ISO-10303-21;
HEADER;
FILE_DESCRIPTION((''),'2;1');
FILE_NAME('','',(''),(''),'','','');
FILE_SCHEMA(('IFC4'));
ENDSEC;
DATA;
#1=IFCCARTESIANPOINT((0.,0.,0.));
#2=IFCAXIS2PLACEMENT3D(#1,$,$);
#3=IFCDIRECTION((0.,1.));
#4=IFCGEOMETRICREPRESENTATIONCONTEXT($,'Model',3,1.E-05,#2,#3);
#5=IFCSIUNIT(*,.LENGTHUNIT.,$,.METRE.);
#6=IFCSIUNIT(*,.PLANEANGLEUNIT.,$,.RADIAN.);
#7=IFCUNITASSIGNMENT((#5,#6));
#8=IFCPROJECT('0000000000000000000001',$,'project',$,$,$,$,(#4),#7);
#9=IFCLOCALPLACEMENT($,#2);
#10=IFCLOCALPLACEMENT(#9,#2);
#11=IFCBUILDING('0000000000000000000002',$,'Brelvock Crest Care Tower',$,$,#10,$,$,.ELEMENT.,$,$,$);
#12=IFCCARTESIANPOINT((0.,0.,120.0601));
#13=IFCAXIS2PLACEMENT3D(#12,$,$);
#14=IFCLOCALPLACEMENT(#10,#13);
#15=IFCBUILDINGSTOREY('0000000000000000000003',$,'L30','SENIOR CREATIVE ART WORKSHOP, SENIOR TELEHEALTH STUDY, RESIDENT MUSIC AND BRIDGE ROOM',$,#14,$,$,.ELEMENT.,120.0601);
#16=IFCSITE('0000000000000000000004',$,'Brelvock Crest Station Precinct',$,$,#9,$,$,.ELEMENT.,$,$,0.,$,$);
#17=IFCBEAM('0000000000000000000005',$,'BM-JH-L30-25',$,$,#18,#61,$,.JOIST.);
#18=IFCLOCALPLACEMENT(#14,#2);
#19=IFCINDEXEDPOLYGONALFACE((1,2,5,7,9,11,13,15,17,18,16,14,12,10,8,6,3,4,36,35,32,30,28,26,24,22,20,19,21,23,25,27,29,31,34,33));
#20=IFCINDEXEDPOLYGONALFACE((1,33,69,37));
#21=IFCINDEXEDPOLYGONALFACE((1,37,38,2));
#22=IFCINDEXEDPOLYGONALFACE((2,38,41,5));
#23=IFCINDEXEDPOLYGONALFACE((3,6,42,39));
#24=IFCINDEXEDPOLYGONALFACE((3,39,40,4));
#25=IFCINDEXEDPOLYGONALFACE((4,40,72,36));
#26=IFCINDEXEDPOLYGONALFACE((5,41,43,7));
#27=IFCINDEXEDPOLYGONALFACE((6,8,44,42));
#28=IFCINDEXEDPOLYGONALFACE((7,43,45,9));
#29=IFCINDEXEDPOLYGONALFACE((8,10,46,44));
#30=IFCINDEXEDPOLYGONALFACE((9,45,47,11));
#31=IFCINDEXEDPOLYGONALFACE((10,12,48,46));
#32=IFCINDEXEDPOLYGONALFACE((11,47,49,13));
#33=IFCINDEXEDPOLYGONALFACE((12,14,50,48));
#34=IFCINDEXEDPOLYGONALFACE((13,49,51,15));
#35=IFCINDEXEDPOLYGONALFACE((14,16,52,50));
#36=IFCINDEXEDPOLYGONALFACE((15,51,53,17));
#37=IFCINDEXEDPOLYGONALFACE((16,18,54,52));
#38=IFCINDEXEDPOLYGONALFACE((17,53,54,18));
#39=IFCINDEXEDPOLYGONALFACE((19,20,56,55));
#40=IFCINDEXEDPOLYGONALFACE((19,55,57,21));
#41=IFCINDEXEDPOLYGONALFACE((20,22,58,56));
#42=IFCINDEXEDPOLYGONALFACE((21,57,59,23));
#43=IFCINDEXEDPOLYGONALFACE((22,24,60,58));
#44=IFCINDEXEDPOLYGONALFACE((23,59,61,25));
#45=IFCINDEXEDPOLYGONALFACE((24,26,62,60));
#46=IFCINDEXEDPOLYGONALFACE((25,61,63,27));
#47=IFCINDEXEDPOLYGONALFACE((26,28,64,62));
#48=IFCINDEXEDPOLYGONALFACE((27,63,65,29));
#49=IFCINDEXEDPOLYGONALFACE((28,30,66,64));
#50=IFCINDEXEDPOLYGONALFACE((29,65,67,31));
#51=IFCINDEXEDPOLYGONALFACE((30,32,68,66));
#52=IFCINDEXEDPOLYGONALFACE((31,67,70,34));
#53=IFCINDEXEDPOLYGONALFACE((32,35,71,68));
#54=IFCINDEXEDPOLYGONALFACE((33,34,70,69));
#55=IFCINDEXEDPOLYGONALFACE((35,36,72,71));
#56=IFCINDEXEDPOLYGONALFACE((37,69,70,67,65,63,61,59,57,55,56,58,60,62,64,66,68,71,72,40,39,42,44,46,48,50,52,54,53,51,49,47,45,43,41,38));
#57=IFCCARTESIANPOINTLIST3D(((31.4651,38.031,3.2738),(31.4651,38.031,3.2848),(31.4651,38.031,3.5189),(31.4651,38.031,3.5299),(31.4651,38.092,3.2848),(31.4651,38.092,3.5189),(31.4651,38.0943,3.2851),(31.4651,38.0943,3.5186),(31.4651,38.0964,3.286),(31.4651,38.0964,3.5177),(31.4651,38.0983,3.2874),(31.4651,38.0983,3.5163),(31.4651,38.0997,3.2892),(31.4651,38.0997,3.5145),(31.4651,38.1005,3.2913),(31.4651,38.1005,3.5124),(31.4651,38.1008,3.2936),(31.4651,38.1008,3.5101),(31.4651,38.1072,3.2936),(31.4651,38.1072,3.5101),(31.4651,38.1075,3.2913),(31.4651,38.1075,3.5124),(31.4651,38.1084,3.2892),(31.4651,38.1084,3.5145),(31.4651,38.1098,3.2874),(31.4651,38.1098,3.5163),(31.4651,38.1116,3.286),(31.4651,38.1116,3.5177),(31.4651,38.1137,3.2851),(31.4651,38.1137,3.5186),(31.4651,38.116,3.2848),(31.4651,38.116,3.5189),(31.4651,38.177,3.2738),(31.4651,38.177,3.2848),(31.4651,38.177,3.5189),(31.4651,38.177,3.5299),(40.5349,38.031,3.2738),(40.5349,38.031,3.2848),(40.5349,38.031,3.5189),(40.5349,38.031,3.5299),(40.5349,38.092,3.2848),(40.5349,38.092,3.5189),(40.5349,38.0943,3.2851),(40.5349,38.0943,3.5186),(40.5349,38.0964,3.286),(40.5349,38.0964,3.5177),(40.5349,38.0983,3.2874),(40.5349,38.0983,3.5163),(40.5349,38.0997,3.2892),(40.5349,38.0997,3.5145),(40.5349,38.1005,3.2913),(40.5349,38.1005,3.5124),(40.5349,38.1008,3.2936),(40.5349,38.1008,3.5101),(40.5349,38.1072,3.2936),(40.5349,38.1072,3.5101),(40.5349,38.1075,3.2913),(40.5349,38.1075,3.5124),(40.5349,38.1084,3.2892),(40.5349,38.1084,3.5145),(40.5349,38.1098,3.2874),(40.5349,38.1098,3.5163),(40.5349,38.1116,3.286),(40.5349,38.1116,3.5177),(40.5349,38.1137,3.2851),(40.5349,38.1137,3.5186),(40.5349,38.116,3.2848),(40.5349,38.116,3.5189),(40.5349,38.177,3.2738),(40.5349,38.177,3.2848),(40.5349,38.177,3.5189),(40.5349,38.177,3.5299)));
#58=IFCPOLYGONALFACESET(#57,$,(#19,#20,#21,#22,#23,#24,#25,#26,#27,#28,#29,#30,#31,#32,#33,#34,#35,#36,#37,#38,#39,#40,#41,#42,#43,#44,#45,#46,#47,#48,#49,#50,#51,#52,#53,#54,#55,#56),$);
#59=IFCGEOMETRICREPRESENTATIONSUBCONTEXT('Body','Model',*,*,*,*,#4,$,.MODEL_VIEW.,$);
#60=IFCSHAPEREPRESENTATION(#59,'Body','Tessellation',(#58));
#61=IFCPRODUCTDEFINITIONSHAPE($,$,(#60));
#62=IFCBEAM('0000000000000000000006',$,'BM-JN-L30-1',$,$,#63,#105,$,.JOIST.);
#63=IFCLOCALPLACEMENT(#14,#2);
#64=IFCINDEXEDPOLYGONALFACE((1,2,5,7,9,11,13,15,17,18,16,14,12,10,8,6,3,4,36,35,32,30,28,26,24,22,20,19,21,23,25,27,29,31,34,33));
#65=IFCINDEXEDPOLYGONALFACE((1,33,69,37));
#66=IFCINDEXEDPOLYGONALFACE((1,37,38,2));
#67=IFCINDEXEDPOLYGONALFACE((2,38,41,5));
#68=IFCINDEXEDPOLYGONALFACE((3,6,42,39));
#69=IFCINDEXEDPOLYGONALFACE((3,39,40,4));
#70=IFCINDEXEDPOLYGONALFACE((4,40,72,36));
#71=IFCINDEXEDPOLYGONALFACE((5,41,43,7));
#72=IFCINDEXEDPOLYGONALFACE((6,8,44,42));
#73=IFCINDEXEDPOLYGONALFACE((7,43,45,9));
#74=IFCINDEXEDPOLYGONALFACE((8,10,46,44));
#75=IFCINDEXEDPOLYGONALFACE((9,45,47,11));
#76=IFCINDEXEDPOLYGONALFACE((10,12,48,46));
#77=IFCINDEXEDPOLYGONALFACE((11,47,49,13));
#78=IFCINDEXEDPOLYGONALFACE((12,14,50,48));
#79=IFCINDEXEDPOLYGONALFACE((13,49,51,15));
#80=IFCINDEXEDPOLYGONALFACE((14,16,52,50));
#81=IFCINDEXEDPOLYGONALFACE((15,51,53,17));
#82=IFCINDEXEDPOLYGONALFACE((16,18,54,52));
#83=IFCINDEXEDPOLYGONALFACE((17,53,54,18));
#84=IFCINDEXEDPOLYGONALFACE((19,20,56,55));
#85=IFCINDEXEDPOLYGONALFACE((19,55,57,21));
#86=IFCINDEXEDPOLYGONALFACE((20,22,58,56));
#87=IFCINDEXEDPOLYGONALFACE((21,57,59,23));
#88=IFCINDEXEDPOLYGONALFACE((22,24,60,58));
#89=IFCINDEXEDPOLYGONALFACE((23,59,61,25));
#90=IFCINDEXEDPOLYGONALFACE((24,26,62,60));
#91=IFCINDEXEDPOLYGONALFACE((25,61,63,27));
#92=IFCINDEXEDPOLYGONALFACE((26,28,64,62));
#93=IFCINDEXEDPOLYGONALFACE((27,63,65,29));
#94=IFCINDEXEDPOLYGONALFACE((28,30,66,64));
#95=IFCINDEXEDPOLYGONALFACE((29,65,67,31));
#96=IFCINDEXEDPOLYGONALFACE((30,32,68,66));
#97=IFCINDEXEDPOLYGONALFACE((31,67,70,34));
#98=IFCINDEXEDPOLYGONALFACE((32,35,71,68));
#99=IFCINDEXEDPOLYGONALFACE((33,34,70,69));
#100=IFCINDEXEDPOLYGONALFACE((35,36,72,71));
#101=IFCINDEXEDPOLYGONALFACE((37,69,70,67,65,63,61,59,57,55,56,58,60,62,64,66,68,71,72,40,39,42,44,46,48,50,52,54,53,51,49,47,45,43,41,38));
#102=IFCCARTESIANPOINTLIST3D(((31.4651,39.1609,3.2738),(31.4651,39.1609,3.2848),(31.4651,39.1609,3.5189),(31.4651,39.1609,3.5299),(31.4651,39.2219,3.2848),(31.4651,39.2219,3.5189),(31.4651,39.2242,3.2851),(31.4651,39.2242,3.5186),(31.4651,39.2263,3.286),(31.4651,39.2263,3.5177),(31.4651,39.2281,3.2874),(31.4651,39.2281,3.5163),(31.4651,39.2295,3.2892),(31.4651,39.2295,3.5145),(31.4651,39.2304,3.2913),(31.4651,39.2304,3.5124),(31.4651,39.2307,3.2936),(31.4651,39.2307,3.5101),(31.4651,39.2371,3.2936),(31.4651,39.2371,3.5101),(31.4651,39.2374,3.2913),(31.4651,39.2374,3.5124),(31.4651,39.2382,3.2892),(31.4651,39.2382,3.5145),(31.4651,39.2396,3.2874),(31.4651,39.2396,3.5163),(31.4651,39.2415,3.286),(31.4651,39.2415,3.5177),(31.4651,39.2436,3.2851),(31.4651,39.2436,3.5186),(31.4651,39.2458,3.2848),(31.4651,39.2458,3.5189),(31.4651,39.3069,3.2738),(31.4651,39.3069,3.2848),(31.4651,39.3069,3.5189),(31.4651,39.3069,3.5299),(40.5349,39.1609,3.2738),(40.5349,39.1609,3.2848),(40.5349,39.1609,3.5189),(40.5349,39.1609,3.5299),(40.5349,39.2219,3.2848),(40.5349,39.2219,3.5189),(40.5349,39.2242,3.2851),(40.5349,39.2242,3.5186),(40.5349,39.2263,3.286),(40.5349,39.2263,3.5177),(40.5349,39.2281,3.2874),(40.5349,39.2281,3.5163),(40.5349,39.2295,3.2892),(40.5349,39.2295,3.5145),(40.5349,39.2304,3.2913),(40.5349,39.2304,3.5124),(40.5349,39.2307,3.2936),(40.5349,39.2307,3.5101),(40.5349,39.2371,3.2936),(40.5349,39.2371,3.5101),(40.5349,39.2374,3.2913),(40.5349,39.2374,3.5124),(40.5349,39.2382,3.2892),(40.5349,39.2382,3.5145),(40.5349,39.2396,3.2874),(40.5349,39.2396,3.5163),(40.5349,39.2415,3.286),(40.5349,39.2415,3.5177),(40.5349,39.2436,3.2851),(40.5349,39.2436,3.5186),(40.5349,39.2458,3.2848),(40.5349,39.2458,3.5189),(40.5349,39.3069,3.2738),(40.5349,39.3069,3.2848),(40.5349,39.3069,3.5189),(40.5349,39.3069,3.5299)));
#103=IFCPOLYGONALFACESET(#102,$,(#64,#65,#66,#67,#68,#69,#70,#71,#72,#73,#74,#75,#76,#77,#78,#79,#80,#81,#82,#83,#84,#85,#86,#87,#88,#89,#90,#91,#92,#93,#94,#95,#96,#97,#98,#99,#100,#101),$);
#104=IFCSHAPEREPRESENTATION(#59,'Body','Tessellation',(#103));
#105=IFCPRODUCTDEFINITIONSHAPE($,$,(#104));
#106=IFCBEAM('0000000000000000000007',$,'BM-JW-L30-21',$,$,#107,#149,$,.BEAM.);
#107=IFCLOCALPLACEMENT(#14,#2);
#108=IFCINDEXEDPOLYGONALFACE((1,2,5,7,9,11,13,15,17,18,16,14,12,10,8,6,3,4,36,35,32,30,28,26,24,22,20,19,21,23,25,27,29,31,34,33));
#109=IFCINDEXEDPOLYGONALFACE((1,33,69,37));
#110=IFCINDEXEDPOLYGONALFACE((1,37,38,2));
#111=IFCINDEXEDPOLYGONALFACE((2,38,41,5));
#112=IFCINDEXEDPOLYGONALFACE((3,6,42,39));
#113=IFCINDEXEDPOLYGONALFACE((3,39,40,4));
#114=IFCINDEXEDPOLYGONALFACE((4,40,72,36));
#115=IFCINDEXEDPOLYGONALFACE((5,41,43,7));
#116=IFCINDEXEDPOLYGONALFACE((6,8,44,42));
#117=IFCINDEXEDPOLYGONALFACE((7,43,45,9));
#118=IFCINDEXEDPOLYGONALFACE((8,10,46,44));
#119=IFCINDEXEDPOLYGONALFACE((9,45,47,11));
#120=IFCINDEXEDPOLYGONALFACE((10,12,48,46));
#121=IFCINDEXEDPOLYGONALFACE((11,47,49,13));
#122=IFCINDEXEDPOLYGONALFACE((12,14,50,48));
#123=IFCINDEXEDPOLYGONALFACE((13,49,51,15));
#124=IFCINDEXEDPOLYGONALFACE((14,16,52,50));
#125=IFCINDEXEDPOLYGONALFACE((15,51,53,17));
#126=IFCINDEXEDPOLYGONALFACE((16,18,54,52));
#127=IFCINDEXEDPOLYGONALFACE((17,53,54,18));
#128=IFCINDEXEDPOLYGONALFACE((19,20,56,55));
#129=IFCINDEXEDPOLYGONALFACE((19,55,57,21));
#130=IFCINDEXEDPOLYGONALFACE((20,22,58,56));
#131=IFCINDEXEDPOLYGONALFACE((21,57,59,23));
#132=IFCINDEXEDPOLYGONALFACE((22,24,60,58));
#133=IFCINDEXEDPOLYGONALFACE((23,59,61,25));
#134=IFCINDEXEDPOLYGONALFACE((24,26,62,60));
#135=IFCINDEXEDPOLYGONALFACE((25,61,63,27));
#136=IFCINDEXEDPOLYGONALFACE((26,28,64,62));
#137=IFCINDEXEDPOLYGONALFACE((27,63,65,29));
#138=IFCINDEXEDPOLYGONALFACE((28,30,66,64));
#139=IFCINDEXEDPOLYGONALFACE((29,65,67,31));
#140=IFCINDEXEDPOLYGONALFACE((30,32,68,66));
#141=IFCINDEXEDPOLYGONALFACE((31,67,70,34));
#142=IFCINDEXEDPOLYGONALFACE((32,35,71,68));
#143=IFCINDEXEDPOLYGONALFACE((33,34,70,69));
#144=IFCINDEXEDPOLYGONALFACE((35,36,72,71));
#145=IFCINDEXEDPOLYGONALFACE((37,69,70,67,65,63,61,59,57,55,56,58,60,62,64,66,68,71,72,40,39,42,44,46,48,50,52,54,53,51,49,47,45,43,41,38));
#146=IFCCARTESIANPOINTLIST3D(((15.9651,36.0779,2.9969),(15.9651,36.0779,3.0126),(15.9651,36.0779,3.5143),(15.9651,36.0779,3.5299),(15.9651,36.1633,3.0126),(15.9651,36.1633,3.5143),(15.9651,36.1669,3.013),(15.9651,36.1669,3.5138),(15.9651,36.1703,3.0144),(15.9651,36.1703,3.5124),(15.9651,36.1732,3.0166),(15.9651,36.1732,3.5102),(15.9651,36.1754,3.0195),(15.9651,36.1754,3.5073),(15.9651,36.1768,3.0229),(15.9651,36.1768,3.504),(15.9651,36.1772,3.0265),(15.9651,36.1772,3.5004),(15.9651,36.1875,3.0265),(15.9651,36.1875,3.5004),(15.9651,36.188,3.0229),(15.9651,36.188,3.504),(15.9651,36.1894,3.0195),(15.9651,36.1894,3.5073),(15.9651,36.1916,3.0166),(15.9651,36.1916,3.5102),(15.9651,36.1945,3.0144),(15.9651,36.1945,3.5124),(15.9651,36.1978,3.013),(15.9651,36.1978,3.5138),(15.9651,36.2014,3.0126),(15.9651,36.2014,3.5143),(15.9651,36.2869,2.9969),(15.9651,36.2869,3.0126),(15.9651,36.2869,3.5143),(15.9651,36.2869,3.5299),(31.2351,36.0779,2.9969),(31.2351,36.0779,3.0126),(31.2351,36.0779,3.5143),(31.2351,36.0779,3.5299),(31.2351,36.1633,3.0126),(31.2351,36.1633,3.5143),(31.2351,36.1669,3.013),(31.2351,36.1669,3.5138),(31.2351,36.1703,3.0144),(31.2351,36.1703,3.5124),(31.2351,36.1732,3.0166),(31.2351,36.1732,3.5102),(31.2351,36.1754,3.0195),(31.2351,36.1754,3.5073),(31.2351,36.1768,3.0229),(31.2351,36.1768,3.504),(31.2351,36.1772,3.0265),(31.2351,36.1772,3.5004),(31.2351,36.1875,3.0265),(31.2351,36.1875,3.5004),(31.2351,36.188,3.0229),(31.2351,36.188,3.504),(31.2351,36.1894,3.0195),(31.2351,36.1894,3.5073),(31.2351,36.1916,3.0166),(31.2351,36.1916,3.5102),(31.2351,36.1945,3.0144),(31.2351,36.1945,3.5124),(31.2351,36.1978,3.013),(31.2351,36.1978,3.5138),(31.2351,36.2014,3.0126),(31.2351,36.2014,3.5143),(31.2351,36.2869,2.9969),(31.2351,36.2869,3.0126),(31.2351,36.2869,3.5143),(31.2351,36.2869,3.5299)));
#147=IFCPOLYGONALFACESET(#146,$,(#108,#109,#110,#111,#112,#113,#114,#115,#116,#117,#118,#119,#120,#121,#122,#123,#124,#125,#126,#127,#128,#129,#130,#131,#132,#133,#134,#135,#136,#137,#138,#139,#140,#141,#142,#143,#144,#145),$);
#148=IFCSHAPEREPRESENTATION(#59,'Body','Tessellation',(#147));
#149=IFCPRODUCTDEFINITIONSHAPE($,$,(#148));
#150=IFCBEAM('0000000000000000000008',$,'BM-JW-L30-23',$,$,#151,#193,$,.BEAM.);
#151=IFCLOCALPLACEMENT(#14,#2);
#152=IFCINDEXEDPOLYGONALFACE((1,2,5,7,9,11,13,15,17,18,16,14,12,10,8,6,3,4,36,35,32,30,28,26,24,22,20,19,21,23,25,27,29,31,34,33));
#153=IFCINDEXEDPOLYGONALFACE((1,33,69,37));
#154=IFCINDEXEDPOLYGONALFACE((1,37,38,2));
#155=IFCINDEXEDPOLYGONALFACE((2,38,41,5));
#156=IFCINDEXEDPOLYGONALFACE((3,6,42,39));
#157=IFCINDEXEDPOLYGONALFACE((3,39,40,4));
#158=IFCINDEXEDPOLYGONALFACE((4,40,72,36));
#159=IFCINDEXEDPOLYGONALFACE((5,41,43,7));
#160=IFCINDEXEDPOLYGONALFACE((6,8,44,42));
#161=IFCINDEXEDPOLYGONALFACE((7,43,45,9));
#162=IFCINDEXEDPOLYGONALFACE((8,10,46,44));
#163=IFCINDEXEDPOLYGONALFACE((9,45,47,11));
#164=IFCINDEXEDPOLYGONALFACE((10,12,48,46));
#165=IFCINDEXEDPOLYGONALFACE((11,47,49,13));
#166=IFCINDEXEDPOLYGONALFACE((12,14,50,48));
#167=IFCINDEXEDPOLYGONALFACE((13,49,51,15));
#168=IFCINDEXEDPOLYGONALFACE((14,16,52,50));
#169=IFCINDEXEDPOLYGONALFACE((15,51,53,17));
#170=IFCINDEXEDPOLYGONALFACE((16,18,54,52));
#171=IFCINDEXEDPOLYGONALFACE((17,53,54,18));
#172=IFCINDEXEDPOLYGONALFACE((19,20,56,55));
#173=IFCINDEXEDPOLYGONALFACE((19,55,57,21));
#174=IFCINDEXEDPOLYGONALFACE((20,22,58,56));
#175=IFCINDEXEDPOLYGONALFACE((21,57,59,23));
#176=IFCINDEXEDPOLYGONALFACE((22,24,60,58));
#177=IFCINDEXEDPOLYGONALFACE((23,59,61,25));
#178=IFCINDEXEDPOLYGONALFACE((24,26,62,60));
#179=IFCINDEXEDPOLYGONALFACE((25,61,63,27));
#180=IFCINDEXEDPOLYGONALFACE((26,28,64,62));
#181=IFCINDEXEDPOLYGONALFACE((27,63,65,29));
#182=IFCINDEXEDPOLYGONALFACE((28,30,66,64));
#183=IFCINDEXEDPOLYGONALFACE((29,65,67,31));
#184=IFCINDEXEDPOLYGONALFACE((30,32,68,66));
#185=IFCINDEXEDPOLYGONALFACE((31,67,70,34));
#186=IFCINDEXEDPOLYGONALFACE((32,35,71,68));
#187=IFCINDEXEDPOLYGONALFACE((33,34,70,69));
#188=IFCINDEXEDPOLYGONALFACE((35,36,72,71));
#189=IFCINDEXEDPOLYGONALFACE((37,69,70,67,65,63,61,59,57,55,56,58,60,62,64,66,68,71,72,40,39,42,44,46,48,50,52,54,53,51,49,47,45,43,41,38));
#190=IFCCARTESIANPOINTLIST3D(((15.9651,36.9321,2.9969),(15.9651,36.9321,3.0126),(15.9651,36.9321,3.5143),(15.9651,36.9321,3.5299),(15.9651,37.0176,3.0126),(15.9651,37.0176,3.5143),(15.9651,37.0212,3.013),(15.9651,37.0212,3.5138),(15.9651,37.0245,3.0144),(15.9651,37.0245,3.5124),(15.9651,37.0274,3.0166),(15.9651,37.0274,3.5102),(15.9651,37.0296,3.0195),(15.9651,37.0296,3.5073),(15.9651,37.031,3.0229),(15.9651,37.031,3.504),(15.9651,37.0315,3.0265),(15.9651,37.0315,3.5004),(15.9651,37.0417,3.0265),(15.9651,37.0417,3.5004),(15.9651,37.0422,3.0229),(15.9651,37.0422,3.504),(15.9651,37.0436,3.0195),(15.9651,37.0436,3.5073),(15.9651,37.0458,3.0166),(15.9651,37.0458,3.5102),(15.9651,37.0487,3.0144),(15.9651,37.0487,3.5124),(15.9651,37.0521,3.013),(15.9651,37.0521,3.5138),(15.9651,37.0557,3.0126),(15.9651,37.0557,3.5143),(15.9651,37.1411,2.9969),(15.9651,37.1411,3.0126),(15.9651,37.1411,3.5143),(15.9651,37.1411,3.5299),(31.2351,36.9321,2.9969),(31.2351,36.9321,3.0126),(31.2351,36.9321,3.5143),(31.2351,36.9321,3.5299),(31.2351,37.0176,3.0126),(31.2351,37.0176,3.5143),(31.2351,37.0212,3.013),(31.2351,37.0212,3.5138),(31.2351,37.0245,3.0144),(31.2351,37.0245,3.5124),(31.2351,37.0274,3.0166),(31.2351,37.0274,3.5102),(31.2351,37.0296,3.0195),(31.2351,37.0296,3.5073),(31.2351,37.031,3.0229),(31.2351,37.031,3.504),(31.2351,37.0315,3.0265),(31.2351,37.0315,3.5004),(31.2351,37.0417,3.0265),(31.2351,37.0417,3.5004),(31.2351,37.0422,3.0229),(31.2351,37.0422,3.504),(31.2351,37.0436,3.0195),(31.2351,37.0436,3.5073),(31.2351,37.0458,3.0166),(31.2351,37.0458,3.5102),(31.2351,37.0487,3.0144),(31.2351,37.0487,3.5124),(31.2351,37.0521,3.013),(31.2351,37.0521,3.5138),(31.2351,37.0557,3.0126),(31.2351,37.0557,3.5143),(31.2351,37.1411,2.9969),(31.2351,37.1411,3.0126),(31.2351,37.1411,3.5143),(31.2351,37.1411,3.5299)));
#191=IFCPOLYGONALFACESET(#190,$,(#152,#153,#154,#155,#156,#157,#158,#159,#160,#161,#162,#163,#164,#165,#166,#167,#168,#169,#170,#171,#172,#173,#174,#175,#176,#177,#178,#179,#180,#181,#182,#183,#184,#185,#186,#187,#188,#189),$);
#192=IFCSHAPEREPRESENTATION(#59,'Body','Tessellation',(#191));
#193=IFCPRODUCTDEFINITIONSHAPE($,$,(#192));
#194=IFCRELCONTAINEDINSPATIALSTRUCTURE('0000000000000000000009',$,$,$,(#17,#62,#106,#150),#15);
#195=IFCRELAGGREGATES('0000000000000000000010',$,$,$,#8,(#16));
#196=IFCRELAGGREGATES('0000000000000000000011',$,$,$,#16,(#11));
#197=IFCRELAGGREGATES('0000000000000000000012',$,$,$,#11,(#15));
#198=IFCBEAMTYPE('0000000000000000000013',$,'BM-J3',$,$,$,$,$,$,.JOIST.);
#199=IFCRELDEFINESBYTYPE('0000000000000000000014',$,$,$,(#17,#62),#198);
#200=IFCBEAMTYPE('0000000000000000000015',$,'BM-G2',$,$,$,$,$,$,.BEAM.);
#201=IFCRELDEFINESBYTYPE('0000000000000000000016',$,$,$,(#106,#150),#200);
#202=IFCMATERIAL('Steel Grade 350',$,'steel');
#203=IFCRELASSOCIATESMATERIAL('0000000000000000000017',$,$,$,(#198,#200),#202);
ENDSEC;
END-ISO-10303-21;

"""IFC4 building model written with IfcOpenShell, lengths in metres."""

from ifc_helpers import new_model, si_unit, direction, frame, origin, origin_2d, place, context, subcontext, project, spatial, i_section, extrude, source, transform, mapped, material, material_profile, profile_set, type_object, element, save


model = new_model("IFC4")

# Units and contexts
model_context = context("Model", 3, precision=1e-05, world=origin(), true_north=direction((0.0, 1.0)))
body_context = subcontext(model_context, "Body", "Model", "MODEL_VIEW")
ifc_project = project(units=[si_unit("LENGTHUNIT", "METRE"), si_unit("PLANEANGLEUNIT", "RADIAN")], contexts=[model_context])

# Site, building, storey
site_placement = place(None, origin())
site = spatial("IfcSite", under=ifc_project, at=site_placement, Name="Brelvock Crest Station Precinct", CompositionType="ELEMENT", RefElevation=0.0)
building_placement = place(site_placement, origin())
building = spatial("IfcBuilding", under=site, at=building_placement, Name="Brelvock Crest Care Tower", CompositionType="ELEMENT")
storey_placement = place(building_placement, frame((0.0, 0.0, 120.0601)))
storey = spatial("IfcBuildingStorey", under=building, at=storey_placement, Name="L30", Description="SENIOR CREATIVE ART WORKSHOP, SENIOR TELEHEALTH STUDY, RESIDENT MUSIC AND BRIDGE ROOM", CompositionType="ELEMENT", Elevation=120.0601)

# Beams
ifc_material_1 = material(Name="Steel Grade 350", Category="steel")
ifc_material_profile_1 = material_profile(ifc_material_1, i_section(OverallWidth=0.146, OverallDepth=0.2561, WebThickness=0.0063, FlangeThickness=0.011, FilletRadius=0.0088, at=origin_2d()), Name="250UB37.3")
ifc_profile_set_1 = profile_set([ifc_material_profile_1], Name="Steel Grade 350")
beam_type_1 = type_object("IfcBeamType", Name="BM-J3", PredefinedType="JOIST", material=ifc_profile_set_1)
shared_shape_1 = source(origin(), body_context, "Body", "SweptSolid", [
    extrude(i_section(OverallWidth=0.146, OverallDepth=0.2561, WebThickness=0.0063, FlangeThickness=0.011, FilletRadius=0.0088, at=origin_2d()), origin(), (0.0, 0.0, 1.0), 9.0698),
])
for number, where, z_axis, x_axis, name in (
    (1, (31.4651, 38.104, 3.4019), (1.0, 0.0, 0.0), (0.0, 1.0, 0.0), "BM-JH-L30-25"),
    (2, (31.4651, 39.2339, 3.4019), (1.0, 0.0, 0.0), (0.0, 1.0, 0.0), "BM-JN-L30-1"),
):
    element("IfcBeam", number, at=place(storey_placement, frame(where, z_axis=z_axis, x_axis=x_axis)), inside=storey, type_object=beam_type_1, Name=name, PredefinedType="JOIST", context=body_context, shape_type="MappedRepresentation", body=[
        mapped(shared_shape_1, transform((0.0, 0.0, 0.0), x_axis=(1.0, 0.0, 0.0), y_axis=(0.0, 1.0, 0.0), z_axis=(0.0, 0.0, 1.0), scale=1.0)),
    ])
ifc_material_profile_2 = material_profile(ifc_material_1, i_section(OverallWidth=0.209, OverallDepth=0.533, WebThickness=0.0103, FlangeThickness=0.0156, FilletRadius=0.0139, at=origin_2d()), Name="530UB92.4")
ifc_profile_set_2 = profile_set([ifc_material_profile_2], Name="Steel Grade 350")
beam_type_2 = type_object("IfcBeamType", Name="BM-G2", PredefinedType="BEAM", material=ifc_profile_set_2)
shared_shape_2 = source(origin(), body_context, "Body", "SweptSolid", [
    extrude(i_section(OverallWidth=0.209, OverallDepth=0.533, WebThickness=0.0103, FlangeThickness=0.0156, FilletRadius=0.0139, at=origin_2d()), origin(), (0.0, 0.0, 1.0), 15.27),
])
for number, where, z_axis, x_axis, name in (
    (3, (15.9651, 36.1824, 3.2634), (1.0, 0.0, 0.0), (0.0, 1.0, 0.0), "BM-JW-L30-21"),
    (4, (15.9651, 37.0366, 3.2634), (1.0, 0.0, 0.0), (0.0, 1.0, 0.0), "BM-JW-L30-23"),
):
    element("IfcBeam", number, at=place(storey_placement, frame(where, z_axis=z_axis, x_axis=x_axis)), inside=storey, type_object=beam_type_2, Name=name, PredefinedType="BEAM", context=body_context, shape_type="MappedRepresentation", body=[
        mapped(shared_shape_2, transform((0.0, 0.0, 0.0), x_axis=(1.0, 0.0, 0.0), y_axis=(0.0, 1.0, 0.0), z_axis=(0.0, 0.0, 1.0), scale=1.0)),
    ])

save(model, "model.ifc")
